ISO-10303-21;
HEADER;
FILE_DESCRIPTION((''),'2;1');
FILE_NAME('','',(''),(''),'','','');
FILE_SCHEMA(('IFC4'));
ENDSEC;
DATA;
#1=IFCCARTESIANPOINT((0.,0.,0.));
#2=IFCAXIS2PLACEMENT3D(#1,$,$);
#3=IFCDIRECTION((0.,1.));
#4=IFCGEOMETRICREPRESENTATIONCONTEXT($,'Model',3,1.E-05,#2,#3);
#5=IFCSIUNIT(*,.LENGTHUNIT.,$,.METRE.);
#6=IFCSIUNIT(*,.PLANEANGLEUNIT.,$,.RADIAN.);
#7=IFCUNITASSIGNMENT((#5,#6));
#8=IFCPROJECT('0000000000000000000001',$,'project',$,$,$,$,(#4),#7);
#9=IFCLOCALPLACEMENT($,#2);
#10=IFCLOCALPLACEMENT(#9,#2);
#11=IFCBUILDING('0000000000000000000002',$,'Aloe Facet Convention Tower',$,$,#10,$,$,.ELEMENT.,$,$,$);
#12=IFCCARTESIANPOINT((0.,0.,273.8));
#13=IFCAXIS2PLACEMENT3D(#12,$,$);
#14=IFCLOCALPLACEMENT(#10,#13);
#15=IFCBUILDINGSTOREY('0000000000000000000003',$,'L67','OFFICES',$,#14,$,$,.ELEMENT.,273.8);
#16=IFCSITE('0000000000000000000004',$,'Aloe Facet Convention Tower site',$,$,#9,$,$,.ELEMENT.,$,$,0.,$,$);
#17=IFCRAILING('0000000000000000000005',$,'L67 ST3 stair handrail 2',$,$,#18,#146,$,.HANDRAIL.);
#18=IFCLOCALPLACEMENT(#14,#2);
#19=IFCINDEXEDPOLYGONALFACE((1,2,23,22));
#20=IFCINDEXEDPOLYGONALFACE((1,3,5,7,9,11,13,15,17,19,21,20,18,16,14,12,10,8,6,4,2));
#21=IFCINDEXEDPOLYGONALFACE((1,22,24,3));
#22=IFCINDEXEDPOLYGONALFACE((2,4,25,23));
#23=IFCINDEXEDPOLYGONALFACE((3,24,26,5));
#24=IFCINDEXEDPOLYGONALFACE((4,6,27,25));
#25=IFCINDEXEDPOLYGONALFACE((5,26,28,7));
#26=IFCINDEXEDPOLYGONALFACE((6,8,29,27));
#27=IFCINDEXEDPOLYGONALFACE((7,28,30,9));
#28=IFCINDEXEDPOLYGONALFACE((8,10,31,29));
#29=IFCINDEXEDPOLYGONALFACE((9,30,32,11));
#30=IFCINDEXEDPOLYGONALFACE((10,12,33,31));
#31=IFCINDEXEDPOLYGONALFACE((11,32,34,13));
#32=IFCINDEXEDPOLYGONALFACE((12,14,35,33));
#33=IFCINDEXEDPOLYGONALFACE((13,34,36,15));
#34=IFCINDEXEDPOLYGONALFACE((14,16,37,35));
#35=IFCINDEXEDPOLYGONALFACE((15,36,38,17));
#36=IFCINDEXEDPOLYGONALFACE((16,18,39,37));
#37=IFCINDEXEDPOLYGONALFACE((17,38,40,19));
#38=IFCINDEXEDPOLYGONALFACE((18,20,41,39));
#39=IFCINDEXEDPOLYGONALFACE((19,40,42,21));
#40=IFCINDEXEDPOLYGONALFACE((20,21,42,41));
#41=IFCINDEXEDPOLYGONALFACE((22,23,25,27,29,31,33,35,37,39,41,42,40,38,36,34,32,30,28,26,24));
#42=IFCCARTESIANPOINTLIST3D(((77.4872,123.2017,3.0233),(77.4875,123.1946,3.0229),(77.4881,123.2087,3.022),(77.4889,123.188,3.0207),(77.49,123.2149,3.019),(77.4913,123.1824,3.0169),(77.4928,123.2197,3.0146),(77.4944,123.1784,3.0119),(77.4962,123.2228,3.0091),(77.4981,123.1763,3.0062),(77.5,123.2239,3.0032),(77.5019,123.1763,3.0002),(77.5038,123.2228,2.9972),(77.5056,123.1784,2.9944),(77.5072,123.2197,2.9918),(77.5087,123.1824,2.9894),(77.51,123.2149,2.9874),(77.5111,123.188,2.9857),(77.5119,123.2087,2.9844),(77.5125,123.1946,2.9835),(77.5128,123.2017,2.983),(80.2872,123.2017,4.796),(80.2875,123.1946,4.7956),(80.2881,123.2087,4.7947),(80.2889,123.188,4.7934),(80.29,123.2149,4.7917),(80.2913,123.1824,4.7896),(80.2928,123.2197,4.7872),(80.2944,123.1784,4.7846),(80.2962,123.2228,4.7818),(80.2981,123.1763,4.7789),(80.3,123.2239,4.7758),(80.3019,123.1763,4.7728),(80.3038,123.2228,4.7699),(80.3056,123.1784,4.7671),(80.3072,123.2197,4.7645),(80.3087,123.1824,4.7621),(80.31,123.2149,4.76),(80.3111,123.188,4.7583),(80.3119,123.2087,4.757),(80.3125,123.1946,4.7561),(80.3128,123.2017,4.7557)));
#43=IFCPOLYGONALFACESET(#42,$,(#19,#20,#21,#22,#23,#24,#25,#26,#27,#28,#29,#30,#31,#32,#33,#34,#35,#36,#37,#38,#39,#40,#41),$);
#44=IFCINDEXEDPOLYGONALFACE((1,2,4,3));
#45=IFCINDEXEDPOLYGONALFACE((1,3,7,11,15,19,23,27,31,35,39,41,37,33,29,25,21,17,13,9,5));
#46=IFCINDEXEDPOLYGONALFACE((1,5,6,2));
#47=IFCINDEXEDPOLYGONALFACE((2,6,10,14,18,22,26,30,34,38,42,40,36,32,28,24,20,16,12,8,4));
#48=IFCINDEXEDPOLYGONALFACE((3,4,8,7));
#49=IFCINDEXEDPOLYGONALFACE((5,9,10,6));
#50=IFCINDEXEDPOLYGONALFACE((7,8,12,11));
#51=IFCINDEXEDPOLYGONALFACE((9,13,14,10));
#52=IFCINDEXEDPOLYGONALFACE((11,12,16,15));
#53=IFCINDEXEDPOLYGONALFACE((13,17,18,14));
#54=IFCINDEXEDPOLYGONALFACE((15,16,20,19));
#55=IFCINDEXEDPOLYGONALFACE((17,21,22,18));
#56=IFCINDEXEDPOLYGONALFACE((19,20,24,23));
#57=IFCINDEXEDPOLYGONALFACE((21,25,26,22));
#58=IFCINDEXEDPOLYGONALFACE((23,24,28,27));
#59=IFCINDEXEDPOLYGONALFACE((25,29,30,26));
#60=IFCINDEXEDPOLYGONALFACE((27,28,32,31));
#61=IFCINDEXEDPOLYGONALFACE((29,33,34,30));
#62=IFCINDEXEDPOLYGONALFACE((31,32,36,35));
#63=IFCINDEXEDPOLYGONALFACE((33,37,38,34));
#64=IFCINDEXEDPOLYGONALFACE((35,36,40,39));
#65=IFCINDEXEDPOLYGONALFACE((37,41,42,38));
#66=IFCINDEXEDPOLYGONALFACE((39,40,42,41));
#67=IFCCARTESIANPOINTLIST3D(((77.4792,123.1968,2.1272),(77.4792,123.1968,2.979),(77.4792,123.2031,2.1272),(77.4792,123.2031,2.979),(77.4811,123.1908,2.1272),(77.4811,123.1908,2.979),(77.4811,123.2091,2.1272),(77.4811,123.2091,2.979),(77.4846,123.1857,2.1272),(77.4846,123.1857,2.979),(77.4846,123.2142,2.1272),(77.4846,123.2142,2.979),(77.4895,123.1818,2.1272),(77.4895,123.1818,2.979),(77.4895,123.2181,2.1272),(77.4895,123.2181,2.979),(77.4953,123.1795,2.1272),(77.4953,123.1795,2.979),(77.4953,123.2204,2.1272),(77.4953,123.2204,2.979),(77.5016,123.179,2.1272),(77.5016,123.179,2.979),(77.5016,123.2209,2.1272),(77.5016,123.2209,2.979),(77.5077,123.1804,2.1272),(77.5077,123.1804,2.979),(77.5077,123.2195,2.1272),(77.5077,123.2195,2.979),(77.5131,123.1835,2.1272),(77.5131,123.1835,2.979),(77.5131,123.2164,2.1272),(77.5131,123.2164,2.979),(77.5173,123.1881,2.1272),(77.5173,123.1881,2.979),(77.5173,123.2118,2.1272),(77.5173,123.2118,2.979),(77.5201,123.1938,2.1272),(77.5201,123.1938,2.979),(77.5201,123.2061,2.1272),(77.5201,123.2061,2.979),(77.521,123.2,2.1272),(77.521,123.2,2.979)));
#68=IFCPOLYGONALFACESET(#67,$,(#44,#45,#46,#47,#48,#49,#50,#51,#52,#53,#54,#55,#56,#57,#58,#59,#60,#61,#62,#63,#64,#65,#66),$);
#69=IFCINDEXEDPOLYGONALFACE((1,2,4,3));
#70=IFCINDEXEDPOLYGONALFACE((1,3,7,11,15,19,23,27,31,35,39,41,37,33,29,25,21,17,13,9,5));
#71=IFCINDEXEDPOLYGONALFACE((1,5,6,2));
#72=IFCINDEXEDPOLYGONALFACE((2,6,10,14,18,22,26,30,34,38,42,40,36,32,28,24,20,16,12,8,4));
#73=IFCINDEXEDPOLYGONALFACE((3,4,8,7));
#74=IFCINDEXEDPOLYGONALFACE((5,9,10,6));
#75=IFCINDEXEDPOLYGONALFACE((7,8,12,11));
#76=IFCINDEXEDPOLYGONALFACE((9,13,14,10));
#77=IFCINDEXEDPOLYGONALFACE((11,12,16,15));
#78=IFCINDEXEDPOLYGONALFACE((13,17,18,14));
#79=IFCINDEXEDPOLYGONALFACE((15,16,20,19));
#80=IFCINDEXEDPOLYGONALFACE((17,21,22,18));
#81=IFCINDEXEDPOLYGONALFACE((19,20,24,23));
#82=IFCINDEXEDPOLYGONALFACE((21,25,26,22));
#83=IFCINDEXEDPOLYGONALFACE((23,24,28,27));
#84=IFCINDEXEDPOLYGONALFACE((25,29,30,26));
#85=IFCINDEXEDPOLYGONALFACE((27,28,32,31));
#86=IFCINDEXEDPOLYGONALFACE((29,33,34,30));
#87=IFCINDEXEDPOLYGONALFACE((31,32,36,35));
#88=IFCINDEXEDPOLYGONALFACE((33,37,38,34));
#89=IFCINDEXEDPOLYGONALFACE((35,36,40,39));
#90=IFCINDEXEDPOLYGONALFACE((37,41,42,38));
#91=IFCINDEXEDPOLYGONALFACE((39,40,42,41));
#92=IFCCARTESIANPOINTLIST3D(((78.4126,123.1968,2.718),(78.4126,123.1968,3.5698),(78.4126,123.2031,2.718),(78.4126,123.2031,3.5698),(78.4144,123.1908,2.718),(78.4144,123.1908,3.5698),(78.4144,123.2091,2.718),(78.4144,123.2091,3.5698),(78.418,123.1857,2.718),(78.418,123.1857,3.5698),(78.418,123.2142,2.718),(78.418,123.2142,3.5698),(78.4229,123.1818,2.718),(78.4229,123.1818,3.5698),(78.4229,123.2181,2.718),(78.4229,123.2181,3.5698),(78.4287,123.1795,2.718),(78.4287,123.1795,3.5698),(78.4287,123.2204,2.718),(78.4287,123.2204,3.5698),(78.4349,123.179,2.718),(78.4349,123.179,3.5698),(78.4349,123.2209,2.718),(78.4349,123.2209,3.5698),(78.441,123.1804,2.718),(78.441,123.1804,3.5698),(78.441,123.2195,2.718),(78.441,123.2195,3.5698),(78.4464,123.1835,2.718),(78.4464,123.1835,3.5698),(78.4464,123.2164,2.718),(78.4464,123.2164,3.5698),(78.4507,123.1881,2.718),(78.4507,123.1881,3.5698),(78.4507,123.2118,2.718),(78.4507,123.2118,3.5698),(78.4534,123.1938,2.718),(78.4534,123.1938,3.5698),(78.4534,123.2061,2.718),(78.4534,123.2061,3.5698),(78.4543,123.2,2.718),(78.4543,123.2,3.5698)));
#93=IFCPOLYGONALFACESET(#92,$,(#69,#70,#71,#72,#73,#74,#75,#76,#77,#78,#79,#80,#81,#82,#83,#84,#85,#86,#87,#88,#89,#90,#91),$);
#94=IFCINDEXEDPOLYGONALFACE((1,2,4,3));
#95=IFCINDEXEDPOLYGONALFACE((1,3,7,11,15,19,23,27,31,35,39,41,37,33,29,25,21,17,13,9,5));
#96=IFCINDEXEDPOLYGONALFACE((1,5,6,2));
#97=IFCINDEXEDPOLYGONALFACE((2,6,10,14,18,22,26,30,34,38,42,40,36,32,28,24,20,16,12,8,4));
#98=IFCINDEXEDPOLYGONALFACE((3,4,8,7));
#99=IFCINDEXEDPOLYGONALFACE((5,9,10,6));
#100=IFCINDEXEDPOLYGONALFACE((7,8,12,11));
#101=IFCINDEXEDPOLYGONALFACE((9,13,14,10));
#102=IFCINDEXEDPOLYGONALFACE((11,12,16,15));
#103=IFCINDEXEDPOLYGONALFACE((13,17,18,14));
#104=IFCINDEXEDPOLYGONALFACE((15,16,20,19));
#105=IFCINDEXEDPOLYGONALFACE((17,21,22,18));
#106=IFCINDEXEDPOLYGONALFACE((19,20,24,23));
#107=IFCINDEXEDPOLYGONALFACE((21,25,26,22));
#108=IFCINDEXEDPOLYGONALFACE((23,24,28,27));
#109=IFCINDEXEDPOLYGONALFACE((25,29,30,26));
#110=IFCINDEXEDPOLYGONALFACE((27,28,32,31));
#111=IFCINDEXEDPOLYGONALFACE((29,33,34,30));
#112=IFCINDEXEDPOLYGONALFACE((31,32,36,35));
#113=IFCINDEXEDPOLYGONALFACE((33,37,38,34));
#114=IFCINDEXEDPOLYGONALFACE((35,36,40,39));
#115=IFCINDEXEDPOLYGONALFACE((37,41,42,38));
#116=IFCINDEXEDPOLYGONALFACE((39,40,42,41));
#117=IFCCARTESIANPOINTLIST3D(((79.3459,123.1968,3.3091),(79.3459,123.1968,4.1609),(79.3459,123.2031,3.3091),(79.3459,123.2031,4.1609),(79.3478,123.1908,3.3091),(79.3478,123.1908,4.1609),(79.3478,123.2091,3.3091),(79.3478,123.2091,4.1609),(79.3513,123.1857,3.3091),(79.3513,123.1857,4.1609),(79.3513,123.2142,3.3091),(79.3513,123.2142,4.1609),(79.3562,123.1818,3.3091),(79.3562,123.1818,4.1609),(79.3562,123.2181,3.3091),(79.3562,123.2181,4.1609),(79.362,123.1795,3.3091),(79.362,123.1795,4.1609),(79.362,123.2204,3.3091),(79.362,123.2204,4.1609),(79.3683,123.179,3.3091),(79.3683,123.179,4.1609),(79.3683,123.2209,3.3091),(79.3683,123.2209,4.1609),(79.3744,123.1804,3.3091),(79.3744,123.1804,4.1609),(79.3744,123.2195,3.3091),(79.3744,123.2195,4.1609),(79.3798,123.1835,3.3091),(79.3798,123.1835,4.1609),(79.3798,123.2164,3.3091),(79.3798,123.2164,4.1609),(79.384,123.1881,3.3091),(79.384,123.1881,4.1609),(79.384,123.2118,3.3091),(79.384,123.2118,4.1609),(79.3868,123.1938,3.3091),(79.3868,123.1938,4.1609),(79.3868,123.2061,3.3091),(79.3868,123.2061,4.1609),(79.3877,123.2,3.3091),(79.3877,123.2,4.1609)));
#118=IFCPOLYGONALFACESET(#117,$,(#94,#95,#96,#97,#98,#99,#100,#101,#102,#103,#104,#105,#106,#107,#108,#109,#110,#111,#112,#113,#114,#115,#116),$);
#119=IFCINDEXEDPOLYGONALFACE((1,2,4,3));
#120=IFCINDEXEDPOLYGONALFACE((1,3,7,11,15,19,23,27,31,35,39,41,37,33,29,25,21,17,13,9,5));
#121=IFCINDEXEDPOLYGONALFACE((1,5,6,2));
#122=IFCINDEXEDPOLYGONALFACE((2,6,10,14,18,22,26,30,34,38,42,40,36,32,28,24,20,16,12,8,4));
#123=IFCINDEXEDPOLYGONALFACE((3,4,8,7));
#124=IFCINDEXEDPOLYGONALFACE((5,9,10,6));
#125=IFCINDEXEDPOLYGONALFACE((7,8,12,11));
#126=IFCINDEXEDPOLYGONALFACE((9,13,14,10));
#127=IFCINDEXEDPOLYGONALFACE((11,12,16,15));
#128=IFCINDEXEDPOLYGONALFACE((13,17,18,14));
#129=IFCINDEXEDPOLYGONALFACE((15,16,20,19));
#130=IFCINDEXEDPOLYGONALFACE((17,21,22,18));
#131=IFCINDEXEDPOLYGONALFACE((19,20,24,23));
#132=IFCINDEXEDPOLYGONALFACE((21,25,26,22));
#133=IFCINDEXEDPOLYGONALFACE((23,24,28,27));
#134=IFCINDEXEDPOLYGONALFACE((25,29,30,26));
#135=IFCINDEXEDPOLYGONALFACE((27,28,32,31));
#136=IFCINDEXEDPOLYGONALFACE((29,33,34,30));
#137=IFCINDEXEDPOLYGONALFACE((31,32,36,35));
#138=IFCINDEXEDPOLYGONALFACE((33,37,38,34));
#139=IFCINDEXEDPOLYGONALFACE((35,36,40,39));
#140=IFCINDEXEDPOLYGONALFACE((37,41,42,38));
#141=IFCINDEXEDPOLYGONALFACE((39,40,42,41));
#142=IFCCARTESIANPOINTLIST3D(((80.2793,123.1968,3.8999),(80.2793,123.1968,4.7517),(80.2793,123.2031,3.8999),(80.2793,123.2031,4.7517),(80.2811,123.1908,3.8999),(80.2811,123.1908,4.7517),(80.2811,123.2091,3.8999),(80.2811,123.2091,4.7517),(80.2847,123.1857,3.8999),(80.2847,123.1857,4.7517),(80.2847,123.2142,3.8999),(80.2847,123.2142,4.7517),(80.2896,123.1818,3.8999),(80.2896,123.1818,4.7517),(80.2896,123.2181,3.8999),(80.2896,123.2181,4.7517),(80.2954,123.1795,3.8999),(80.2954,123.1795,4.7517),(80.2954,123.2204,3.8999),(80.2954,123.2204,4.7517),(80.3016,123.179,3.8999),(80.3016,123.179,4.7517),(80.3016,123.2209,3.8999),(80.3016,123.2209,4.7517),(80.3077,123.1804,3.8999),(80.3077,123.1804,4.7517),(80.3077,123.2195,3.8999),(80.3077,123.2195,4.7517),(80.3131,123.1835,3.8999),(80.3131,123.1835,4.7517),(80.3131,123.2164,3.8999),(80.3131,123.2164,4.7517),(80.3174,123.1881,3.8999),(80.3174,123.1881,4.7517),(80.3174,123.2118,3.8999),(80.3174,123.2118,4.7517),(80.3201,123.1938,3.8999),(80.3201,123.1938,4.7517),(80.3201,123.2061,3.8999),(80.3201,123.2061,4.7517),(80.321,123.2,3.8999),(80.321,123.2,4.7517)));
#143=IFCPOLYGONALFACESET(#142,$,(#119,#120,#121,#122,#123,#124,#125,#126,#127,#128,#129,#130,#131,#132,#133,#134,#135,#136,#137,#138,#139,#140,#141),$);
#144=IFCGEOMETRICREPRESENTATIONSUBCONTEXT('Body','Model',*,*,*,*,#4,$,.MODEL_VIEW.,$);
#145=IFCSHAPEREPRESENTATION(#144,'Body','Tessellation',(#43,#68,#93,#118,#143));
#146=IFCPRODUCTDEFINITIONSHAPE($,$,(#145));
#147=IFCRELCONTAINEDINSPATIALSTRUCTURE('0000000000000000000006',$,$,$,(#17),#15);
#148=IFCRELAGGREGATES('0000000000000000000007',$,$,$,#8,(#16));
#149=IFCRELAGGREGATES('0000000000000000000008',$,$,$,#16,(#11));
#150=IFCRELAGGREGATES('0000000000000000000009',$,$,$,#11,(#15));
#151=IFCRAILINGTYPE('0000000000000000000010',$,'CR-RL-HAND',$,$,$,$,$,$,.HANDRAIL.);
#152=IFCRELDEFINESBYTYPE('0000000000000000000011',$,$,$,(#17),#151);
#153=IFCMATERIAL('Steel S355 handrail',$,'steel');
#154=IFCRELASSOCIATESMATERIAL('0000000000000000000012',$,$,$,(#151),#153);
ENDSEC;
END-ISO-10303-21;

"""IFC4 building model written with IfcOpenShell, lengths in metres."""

from ifc_helpers import new_model, si_unit, direction, frame, origin, origin_2d, place, context, subcontext, project, spatial, circle, extrude, material, type_object, element, save


model = new_model("IFC4")

# Units and contexts
model_context = context("Model", 3, precision=1e-05, world=origin(), true_north=direction((0.0, 1.0)))
body_context = subcontext(model_context, "Body", "Model", "MODEL_VIEW")
ifc_project = project(units=[si_unit("LENGTHUNIT", "METRE"), si_unit("PLANEANGLEUNIT", "RADIAN")], contexts=[model_context])

# Site, building, storey
site_placement = place(None, origin())
site = spatial("IfcSite", under=ifc_project, at=site_placement, Name="Aloe Facet Convention Tower site", CompositionType="ELEMENT", RefElevation=0.0)
building_placement = place(site_placement, origin())
building = spatial("IfcBuilding", under=site, at=building_placement, Name="Aloe Facet Convention Tower", CompositionType="ELEMENT")
storey_placement = place(building_placement, frame((0.0, 0.0, 273.8)))
storey = spatial("IfcBuildingStorey", under=building, at=storey_placement, Name="L67", Description="OFFICES", CompositionType="ELEMENT", Elevation=273.8)

# Railing
ifc_material_1 = material(Name="Steel S355 handrail", Category="steel")
railing_type_1 = type_object("IfcRailingType", Name="CR-RL-HAND", PredefinedType="HANDRAIL", material=ifc_material_1)
railing_1_placement = place(storey_placement, frame((77.5, 123.2, 2.1272)))
element("IfcRailing", 1, at=railing_1_placement, inside=storey, type_object=railing_type_1, Name="L67 ST3 stair handrail 2", PredefinedType="HANDRAIL", context=body_context, shape_type="SweptSolid", body=[
    extrude(circle(Radius=0.0239, at=origin_2d()), frame((0.0, 0.0, 0.876), z_axis=(0.844909, 0.0, 0.53491), x_axis=(0.0, 1.0, 0.0)), (0.0, 0.0, 1.0), 3.314),
    extrude(circle(Radius=0.021, at=origin_2d()), origin(), (0.0, 0.0, 1.0), 0.8518),
    extrude(circle(Radius=0.021, at=origin_2d()), frame((0.9333, 0.0, 0.5908)), (0.0, 0.0, 1.0), 0.8518),
    extrude(circle(Radius=0.021, at=origin_2d()), frame((1.8667, 0.0, 1.1819)), (0.0, 0.0, 1.0), 0.8518),
    extrude(circle(Radius=0.021, at=origin_2d()), frame((2.8, 0.0, 1.7727)), (0.0, 0.0, 1.0), 0.8518),
])

save(model, "model.ifc")
